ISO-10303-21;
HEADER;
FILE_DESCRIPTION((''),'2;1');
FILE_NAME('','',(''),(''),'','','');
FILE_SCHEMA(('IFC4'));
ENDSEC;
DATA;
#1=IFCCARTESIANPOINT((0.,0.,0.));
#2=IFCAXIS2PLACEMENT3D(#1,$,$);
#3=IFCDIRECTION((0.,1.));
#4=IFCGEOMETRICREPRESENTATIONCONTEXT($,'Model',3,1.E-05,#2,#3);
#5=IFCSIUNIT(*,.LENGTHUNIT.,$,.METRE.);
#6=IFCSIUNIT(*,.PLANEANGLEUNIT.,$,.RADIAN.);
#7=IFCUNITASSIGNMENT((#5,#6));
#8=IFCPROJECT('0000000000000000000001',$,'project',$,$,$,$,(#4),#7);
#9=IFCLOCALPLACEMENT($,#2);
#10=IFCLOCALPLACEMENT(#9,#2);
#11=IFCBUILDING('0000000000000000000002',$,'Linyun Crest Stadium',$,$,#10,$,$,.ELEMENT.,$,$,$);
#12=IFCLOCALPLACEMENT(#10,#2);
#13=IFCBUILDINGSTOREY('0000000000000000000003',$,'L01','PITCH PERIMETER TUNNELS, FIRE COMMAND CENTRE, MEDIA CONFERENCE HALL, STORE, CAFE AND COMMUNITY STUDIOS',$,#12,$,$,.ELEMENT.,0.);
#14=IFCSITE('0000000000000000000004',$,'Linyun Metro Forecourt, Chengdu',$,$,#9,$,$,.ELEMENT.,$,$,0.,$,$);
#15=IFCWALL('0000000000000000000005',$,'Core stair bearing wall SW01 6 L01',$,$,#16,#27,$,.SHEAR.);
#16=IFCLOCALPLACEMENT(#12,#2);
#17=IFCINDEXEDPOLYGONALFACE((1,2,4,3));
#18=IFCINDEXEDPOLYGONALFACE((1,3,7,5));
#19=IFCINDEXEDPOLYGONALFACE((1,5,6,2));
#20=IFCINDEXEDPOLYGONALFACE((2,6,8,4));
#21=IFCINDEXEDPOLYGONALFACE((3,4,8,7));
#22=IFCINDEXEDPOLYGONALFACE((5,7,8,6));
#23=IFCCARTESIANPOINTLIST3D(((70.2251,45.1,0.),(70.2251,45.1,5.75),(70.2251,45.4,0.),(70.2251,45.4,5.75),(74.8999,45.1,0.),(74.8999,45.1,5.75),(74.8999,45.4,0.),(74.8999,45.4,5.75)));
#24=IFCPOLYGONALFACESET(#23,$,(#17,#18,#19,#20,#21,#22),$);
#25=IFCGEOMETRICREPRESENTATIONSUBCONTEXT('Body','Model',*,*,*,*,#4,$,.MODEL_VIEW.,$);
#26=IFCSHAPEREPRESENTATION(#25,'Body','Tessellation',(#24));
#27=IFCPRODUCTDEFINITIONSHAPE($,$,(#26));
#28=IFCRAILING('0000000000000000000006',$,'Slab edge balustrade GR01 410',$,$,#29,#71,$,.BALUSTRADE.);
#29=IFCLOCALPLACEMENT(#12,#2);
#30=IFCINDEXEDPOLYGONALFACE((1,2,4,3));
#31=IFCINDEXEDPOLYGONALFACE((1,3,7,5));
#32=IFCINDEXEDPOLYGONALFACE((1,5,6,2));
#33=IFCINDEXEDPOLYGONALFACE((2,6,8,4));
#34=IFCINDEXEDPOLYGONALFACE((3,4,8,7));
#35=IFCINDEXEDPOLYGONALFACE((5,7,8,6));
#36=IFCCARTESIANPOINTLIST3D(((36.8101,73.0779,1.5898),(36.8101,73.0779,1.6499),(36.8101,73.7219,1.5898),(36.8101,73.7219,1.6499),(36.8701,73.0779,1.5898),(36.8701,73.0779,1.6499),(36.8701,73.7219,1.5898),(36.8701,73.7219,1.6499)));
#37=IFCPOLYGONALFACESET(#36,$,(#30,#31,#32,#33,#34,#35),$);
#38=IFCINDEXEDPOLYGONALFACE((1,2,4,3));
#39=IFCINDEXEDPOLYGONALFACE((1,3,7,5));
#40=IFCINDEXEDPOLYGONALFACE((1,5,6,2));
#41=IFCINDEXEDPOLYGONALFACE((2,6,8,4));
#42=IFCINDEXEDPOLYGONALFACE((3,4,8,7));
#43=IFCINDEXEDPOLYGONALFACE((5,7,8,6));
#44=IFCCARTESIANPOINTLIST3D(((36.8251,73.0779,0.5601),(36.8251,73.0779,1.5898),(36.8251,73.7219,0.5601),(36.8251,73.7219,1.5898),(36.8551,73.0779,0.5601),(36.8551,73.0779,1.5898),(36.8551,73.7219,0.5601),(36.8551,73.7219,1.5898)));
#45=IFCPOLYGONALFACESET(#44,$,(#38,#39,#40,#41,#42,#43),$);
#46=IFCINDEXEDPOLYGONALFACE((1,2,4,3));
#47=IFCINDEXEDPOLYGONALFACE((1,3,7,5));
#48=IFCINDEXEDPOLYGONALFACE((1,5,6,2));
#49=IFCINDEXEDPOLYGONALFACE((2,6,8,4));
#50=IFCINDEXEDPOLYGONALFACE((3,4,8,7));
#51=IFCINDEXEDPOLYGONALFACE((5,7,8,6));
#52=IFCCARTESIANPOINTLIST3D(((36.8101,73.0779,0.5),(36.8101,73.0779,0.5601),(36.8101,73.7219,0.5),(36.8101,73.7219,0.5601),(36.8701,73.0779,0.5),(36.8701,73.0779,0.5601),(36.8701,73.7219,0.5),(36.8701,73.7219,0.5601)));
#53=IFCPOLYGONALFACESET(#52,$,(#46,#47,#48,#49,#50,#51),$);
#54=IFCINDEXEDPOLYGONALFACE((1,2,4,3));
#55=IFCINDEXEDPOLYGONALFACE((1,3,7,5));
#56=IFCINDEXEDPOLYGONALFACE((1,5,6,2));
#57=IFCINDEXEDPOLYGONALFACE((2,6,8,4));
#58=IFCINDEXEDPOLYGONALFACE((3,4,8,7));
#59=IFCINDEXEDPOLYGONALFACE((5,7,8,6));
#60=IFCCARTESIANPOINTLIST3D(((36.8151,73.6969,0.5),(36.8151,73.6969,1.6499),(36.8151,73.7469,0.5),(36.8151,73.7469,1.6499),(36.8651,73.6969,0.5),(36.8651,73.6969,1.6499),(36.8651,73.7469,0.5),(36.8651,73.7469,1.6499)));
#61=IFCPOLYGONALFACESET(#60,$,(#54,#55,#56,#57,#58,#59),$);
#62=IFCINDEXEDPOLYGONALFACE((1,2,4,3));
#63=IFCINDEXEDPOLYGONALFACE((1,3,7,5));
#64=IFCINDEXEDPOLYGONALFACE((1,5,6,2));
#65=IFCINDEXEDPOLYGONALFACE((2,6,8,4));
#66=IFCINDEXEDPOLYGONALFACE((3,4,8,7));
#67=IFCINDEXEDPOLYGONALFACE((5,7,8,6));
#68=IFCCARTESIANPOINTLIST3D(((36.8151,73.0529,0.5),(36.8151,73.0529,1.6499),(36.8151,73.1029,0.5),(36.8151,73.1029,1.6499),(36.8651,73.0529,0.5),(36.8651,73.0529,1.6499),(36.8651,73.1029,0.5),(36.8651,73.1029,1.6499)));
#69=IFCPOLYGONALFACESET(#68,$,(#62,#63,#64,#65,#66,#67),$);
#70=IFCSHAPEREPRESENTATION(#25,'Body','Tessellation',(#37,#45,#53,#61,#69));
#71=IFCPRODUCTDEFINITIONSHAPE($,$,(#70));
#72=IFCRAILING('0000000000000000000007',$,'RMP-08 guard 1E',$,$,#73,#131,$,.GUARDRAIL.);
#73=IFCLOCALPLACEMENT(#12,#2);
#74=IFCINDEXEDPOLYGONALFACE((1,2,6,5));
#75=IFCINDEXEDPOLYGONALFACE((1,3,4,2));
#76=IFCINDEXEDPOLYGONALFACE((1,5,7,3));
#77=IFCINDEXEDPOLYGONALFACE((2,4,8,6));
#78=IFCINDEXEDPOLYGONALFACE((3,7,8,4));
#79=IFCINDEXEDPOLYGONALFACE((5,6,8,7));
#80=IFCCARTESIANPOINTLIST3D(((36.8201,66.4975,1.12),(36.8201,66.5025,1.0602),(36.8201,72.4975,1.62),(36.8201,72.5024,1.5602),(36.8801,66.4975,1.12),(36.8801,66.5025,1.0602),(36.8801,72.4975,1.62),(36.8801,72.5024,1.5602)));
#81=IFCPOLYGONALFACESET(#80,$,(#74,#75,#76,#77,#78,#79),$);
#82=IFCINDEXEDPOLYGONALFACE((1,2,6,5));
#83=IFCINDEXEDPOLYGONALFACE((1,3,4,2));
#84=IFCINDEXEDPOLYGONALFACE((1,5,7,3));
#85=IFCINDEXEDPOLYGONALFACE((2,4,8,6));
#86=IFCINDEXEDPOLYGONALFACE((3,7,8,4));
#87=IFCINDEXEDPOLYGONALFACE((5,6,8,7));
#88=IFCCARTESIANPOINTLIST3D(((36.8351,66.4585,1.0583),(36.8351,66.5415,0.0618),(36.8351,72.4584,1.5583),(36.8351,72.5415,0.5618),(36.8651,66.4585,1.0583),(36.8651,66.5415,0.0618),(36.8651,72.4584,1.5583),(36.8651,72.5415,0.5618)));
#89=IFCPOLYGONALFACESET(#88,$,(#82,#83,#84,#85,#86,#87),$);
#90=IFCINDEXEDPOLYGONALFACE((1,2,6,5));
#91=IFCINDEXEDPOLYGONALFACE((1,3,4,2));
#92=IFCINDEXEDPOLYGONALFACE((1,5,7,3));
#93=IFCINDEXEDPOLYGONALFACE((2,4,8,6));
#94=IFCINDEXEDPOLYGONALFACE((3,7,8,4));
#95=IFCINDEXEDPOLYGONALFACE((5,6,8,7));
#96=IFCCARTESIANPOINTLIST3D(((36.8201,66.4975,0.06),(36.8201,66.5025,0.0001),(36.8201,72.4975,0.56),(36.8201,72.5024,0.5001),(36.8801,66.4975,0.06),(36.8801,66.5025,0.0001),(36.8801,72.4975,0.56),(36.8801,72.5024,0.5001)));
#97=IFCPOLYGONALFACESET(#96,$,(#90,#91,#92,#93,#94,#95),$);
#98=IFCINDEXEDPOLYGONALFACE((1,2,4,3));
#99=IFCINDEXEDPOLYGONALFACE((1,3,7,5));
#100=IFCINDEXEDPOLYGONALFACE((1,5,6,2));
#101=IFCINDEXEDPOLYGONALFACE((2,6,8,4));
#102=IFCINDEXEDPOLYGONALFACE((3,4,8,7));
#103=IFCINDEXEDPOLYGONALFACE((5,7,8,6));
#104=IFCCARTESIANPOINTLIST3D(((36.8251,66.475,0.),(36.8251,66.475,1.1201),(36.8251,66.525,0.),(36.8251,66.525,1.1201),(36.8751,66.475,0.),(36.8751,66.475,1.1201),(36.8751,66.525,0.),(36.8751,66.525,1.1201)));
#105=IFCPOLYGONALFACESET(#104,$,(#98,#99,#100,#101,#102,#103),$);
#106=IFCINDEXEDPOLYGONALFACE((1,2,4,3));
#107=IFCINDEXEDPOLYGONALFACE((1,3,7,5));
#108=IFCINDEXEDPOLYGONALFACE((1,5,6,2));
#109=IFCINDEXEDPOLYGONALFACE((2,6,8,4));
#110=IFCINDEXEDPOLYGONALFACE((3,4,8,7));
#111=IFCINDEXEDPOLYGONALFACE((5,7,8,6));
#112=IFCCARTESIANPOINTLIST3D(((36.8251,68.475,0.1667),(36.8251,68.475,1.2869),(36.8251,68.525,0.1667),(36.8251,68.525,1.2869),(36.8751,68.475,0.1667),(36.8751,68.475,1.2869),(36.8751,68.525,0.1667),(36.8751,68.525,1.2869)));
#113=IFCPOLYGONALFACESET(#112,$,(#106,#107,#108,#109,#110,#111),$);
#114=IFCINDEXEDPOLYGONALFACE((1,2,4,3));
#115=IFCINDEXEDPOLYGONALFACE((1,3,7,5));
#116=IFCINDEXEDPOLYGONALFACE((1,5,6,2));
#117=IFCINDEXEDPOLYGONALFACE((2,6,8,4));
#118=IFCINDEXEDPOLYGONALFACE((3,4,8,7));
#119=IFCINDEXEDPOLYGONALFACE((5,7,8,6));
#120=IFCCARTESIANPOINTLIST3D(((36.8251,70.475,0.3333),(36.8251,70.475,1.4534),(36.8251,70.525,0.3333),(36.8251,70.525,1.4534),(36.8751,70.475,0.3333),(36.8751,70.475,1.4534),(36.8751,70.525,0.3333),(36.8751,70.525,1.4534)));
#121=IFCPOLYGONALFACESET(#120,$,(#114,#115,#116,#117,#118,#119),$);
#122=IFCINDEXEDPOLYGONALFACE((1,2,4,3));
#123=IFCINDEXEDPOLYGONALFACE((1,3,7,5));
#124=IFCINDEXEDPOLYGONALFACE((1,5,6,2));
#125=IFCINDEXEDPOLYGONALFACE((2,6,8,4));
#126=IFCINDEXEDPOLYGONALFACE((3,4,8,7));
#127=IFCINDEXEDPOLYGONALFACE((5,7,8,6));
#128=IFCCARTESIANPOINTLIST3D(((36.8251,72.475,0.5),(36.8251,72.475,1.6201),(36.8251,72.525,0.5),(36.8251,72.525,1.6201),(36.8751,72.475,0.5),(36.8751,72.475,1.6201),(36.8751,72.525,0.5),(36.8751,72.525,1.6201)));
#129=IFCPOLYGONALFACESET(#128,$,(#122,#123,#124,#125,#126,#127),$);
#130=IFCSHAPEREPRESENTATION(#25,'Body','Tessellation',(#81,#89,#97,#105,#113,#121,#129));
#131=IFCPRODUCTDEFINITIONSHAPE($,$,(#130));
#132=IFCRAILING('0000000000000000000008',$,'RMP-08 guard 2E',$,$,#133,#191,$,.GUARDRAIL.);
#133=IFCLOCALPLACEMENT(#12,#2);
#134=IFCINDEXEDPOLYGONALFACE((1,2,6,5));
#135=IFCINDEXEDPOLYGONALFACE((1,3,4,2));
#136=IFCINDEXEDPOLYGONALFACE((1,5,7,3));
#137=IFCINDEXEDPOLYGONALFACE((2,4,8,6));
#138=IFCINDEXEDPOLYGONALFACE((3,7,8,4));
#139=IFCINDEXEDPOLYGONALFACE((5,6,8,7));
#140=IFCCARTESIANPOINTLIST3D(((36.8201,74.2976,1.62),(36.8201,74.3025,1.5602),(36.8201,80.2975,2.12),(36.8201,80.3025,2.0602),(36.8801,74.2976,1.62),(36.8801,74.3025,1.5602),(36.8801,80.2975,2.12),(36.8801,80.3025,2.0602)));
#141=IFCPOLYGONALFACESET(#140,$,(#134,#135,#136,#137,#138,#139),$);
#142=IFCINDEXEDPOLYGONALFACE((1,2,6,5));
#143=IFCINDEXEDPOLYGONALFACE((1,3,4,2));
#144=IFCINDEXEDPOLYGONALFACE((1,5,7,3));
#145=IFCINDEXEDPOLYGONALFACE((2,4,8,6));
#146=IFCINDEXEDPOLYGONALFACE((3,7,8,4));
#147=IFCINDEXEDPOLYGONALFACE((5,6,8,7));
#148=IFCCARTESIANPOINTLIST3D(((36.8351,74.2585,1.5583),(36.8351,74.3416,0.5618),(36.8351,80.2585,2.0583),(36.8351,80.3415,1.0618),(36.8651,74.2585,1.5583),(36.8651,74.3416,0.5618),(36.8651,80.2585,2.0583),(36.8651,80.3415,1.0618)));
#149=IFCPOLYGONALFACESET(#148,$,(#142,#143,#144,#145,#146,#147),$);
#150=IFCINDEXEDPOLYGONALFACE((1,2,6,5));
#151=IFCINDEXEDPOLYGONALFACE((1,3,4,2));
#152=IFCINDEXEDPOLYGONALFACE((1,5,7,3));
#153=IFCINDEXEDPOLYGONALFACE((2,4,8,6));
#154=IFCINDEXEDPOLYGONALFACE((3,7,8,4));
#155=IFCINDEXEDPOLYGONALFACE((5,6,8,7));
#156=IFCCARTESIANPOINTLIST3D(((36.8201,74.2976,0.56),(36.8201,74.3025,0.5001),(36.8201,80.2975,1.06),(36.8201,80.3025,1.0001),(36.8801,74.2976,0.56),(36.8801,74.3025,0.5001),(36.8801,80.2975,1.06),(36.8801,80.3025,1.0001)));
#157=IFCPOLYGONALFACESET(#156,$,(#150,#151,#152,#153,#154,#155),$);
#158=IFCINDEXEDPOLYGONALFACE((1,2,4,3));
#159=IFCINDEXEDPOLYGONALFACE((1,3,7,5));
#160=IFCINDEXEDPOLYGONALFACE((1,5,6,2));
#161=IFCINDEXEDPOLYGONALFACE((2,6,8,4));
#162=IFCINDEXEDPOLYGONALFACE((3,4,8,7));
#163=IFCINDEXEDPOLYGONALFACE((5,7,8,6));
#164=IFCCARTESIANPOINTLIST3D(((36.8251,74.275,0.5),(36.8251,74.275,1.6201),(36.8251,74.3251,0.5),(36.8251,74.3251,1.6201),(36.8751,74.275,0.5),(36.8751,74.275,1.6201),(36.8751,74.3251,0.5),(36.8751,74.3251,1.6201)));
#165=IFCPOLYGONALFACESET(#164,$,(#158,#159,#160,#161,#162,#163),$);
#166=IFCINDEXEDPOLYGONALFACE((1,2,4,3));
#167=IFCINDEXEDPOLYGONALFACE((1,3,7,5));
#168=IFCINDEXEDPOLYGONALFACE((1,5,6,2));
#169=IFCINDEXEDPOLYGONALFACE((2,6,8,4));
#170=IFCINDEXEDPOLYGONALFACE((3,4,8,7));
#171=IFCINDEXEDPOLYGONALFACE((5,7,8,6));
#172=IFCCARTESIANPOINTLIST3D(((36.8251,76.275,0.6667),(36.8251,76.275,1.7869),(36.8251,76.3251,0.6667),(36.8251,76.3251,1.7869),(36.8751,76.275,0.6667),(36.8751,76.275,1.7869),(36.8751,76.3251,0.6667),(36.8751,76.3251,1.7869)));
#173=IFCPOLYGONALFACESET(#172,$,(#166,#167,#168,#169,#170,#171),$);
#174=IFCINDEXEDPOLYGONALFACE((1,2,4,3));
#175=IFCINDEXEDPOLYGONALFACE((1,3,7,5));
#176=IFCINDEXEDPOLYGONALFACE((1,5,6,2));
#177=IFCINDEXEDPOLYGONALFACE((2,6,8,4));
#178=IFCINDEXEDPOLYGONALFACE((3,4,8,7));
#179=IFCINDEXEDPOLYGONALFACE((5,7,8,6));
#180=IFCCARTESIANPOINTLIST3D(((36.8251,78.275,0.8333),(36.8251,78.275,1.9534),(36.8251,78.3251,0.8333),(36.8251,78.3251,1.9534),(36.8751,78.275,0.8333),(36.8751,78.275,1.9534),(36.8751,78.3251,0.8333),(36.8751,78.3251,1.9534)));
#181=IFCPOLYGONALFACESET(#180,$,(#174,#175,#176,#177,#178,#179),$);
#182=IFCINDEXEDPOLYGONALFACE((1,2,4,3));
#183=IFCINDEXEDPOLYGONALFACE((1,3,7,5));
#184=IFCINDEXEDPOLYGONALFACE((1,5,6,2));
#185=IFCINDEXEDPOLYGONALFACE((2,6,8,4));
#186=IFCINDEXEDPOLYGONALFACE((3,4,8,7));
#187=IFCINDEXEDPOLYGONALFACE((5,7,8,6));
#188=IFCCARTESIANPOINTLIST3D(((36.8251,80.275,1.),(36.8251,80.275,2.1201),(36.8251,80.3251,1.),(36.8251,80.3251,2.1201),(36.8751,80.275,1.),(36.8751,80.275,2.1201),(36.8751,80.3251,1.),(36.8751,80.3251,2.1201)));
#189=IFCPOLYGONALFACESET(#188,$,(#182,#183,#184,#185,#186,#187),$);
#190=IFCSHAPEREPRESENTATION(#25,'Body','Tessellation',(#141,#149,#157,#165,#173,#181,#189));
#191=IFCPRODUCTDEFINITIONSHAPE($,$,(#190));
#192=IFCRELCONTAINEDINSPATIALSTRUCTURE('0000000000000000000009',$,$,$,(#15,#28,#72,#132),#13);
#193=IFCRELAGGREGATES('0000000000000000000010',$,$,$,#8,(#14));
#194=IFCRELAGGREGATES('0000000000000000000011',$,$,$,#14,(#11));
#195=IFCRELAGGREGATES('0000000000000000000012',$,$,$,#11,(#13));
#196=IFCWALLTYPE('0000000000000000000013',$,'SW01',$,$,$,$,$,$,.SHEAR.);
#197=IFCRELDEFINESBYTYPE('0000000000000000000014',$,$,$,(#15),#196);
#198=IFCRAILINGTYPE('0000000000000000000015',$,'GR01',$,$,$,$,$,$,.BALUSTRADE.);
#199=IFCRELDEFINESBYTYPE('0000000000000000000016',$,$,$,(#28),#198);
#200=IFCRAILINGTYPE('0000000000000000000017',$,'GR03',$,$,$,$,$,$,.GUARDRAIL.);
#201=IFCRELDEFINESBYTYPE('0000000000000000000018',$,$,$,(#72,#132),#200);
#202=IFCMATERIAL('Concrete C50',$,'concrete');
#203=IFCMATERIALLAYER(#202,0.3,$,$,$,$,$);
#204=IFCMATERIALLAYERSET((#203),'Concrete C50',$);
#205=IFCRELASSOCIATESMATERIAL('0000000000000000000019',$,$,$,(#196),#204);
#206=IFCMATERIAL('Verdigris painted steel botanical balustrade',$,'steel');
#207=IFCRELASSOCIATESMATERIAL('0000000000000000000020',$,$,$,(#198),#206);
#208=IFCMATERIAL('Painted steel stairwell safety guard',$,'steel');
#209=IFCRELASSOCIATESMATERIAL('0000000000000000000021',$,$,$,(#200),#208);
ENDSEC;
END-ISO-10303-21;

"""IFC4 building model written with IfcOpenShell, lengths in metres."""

from ifc_helpers import new_model, si_unit, direction, frame, frame_2d, origin, origin_2d, place, context, subcontext, project, spatial, rectangle, extrude, material, layer, layer_set, type_object, element, save


model = new_model("IFC4")

# Units and contexts
model_context = context("Model", 3, precision=1e-05, world=origin(), true_north=direction((0.0, 1.0)))
body_context = subcontext(model_context, "Body", "Model", "MODEL_VIEW")
ifc_project = project(units=[si_unit("LENGTHUNIT", "METRE"), si_unit("PLANEANGLEUNIT", "RADIAN")], contexts=[model_context])

# Site, building, storey
site_placement = place(None, origin())
site = spatial("IfcSite", under=ifc_project, at=site_placement, Name="Linyun Metro Forecourt, Chengdu", CompositionType="ELEMENT", RefElevation=0.0)
building_placement = place(site_placement, origin())
building = spatial("IfcBuilding", under=site, at=building_placement, Name="Linyun Crest Stadium", CompositionType="ELEMENT")
storey_placement = place(building_placement, origin())
storey = spatial("IfcBuildingStorey", under=building, at=storey_placement, Name="L01", Description="PITCH PERIMETER TUNNELS, FIRE COMMAND CENTRE, MEDIA CONFERENCE HALL, STORE, CAFE AND COMMUNITY STUDIOS", CompositionType="ELEMENT", Elevation=0.0)

# Wall
ifc_material_1 = material(Name="Concrete C50", Category="concrete")
ifc_layer_1 = layer(ifc_material_1, 0.3)
ifc_layer_set_1 = layer_set([ifc_layer_1], Name="Concrete C50")
wall_type_1 = type_object("IfcWallType", Name="SW01", PredefinedType="SHEAR", material=ifc_layer_set_1)
wall_1_placement = place(storey_placement, frame((70.2251, 45.25, 0.0), z_axis=(0.0, 0.0, 1.0), x_axis=(1.0, 0.0, 0.0)))
element("IfcWall", 1, at=wall_1_placement, inside=storey, type_object=wall_type_1, Name="Core stair bearing wall SW01 6 L01", PredefinedType="SHEAR", context=body_context, shape_type="SweptSolid", body=[
    extrude(rectangle(XDim=4.6748, YDim=0.3, at=frame_2d((2.3374, 0.0))), origin(), (0.0, 0.0, 1.0), 5.75),
])

# Railings
ifc_material_2 = material(Name="Verdigris painted steel botanical balustrade", Category="steel")
railing_type_1 = type_object("IfcRailingType", Name="GR01", PredefinedType="BALUSTRADE", material=ifc_material_2)
railing_1_placement = place(storey_placement, frame((36.8401, 73.7219, 0.5)))
element("IfcRailing", 2, at=railing_1_placement, inside=storey, type_object=railing_type_1, Name="Slab edge balustrade GR01 410", PredefinedType="BALUSTRADE", context=body_context, shape_type="SweptSolid", body=[
    extrude(rectangle(XDim=0.0601, YDim=0.0601, at=origin_2d()), frame((0.0, 0.0, 1.1199), z_axis=(0.0, -1.0, 0.0), x_axis=(1.0, 0.0, 0.0)), (0.0, 0.0, 1.0), 0.644),
    extrude(rectangle(XDim=0.03, YDim=1.0298, at=origin_2d()), frame((0.0, 0.0, 0.575), z_axis=(0.0, -1.0, 0.0), x_axis=(1.0, 0.0, 0.0)), (0.0, 0.0, 1.0), 0.644),
    extrude(rectangle(XDim=0.0601, YDim=0.0601, at=origin_2d()), frame((0.0, 0.0, 0.03), z_axis=(0.0, -1.0, 0.0), x_axis=(1.0, 0.0, 0.0)), (0.0, 0.0, 1.0), 0.644),
    extrude(rectangle(XDim=0.05, YDim=0.05, at=origin_2d()), origin(), (0.0, 0.0, 1.0), 1.1499),
    extrude(rectangle(XDim=0.05, YDim=0.05, at=origin_2d()), frame((0.0, -0.644, 0.0)), (0.0, 0.0, 1.0), 1.1499),
])
ifc_material_3 = material(Name="Painted steel stairwell safety guard", Category="steel")
railing_type_2 = type_object("IfcRailingType", Name="GR03", PredefinedType="GUARDRAIL", material=ifc_material_3)
for number, where, name in (
    (3, (36.8501, 66.5, 0.0), "RMP-08 guard 1E"),
    (4, (36.8501, 74.3, 0.5), "RMP-08 guard 2E"),
):
    element("IfcRailing", number, at=place(storey_placement, frame(where)), inside=storey, type_object=railing_type_2, Name=name, PredefinedType="GUARDRAIL", context=body_context, shape_type="SweptSolid", body=[
        extrude(rectangle(XDim=0.0601, YDim=0.0601, at=origin_2d()), frame((0.0, 0.0, 1.0901), z_axis=(0.0, 0.996546, 0.083045), x_axis=(-1.0, 0.0, 0.0)), (0.0, 0.0, 1.0), 6.0208),
        extrude(rectangle(XDim=0.03, YDim=1.0, at=origin_2d()), frame((0.0, 0.0, 0.5601), z_axis=(0.0, 0.996546, 0.083045), x_axis=(-1.0, 0.0, 0.0)), (0.0, 0.0, 1.0), 6.0208),
        extrude(rectangle(XDim=0.0601, YDim=0.0601, at=origin_2d()), frame((0.0, 0.0, 0.03), z_axis=(0.0, 0.996546, 0.083045), x_axis=(-1.0, 0.0, 0.0)), (0.0, 0.0, 1.0), 6.0208),
        extrude(rectangle(XDim=0.05, YDim=0.05, at=origin_2d()), origin(), (0.0, 0.0, 1.0), 1.1201),
        extrude(rectangle(XDim=0.05, YDim=0.05, at=origin_2d()), frame((0.0, 2.0, 0.1667)), (0.0, 0.0, 1.0), 1.1201),
        extrude(rectangle(XDim=0.05, YDim=0.05, at=origin_2d()), frame((0.0, 4.0, 0.3333)), (0.0, 0.0, 1.0), 1.1201),
        extrude(rectangle(XDim=0.05, YDim=0.05, at=origin_2d()), frame((0.0, 6.0, 0.5)), (0.0, 0.0, 1.0), 1.1201),
    ])

save(model, "model.ifc")
